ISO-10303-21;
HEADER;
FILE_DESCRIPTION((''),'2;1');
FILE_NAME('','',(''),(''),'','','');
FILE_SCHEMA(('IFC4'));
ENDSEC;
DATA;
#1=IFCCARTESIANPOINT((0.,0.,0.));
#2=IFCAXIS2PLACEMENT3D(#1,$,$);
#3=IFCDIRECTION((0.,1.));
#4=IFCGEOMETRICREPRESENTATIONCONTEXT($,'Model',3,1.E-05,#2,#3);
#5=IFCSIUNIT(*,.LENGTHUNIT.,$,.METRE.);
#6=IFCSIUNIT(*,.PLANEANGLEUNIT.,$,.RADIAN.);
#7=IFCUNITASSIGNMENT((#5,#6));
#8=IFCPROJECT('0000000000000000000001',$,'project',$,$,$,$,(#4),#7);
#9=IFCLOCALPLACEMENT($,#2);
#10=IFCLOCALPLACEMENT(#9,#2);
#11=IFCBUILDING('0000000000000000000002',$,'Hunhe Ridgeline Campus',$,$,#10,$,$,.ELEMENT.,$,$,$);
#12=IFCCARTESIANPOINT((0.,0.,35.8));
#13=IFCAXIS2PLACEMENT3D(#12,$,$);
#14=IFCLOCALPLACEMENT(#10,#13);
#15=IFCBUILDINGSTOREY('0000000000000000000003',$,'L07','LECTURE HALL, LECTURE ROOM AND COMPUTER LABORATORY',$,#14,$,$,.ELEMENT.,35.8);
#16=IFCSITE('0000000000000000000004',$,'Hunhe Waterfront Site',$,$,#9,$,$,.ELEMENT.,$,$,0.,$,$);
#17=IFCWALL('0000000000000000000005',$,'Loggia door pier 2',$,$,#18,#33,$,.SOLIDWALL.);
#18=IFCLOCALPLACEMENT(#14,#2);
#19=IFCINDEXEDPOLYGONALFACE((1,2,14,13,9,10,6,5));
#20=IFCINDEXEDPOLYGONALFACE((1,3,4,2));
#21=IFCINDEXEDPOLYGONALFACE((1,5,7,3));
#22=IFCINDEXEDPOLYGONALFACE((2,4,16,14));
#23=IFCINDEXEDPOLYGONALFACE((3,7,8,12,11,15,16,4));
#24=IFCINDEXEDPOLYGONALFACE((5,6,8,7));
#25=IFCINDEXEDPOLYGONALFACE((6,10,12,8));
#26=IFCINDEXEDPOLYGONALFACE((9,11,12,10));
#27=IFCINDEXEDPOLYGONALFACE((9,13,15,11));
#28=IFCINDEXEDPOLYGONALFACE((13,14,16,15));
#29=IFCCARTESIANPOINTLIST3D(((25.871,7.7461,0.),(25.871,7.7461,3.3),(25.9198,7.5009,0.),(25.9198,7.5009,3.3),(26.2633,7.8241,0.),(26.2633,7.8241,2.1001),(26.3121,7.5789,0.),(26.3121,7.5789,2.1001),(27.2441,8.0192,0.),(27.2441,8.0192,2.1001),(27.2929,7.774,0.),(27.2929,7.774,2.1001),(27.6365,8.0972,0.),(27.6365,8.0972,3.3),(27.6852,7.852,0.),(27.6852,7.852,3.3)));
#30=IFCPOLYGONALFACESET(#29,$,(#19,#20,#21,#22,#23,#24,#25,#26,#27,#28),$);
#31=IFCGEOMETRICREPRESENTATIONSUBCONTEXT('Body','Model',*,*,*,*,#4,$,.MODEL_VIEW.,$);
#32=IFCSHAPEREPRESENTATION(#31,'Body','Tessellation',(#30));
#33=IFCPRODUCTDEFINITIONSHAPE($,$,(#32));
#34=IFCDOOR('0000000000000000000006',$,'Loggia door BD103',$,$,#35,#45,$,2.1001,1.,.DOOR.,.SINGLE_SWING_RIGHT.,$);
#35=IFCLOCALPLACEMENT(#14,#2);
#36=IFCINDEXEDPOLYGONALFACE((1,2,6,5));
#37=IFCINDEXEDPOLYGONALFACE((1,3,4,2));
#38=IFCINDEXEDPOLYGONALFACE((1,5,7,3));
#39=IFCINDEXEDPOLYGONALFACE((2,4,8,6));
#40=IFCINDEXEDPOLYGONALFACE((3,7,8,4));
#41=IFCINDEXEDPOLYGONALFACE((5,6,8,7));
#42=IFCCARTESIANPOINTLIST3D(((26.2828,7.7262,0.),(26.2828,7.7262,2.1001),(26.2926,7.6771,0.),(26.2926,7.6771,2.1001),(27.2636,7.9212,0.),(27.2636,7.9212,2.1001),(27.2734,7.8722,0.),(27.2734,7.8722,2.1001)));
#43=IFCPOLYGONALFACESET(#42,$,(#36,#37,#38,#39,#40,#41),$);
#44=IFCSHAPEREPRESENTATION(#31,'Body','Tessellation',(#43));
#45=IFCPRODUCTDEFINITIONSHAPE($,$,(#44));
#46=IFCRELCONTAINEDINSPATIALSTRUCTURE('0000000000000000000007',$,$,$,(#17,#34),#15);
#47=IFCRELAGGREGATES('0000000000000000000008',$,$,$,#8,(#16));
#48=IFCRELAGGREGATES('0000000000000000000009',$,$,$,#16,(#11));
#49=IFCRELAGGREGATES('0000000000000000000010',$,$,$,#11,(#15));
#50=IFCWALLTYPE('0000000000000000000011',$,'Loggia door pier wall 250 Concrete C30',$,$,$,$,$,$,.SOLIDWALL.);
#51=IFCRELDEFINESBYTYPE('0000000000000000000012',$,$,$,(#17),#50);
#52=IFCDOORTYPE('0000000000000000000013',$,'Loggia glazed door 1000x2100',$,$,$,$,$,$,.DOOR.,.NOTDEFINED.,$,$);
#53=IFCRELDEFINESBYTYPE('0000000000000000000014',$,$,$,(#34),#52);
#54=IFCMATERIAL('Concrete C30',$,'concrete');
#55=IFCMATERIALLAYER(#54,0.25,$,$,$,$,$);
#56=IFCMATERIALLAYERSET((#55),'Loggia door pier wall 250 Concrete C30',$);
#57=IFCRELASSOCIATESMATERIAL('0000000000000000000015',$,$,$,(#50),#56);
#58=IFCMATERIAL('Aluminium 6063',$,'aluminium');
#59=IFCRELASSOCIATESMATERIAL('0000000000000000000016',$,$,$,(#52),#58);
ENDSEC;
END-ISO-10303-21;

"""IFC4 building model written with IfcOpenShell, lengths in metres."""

from ifc_helpers import new_model, si_unit, direction, frame, frame_2d, origin, place, context, subcontext, project, spatial, rectangle, extrude, material, layer, layer_set, type_object, element, fill, save


model = new_model("IFC4")

# Units and contexts
model_context = context("Model", 3, precision=1e-05, world=origin(), true_north=direction((0.0, 1.0)))
body_context = subcontext(model_context, "Body", "Model", "MODEL_VIEW")
ifc_project = project(units=[si_unit("LENGTHUNIT", "METRE"), si_unit("PLANEANGLEUNIT", "RADIAN")], contexts=[model_context])

# Site, building, storey
site_placement = place(None, origin())
site = spatial("IfcSite", under=ifc_project, at=site_placement, Name="Hunhe Waterfront Site", CompositionType="ELEMENT", RefElevation=0.0)
building_placement = place(site_placement, origin())
building = spatial("IfcBuilding", under=site, at=building_placement, Name="Hunhe Ridgeline Campus", CompositionType="ELEMENT")
storey_placement = place(building_placement, frame((0.0, 0.0, 35.8)))
storey = spatial("IfcBuildingStorey", under=building, at=storey_placement, Name="L07", Description="LECTURE HALL, LECTURE ROOM AND COMPUTER LABORATORY", CompositionType="ELEMENT", Elevation=35.8)

# Shared definitions
ifc_material_1 = material(Name="Aluminium 6063", Category="aluminium")

# Wall, opening, door
ifc_material_2 = material(Name="Concrete C30", Category="concrete")
ifc_layer_1 = layer(ifc_material_2, 0.25)
ifc_layer_set_1 = layer_set([ifc_layer_1], Name="Loggia door pier wall 250 Concrete C30")
wall_type_1 = type_object("IfcWallType", Name="Loggia door pier wall 250 Concrete C30", PredefinedType="SOLIDWALL", material=ifc_layer_set_1)
wall_1_placement = place(storey_placement, frame((25.8955, 7.6235, 0.0), z_axis=(0.0, 0.0, 1.0), x_axis=(0.980794, 0.195047, 0.0)))
wall_1 = element("IfcWall", 1, at=wall_1_placement, inside=storey, type_object=wall_type_1, Name="Loggia door pier 2", PredefinedType="SOLIDWALL", context=body_context, shape_type="SweptSolid", body=[
    extrude(rectangle(XDim=1.8, YDim=0.25, at=frame_2d((0.8999, 0.0))), origin(), (0.0, 0.0, 1.0), 3.3),
])
opening_1_placement = place(wall_1_placement, frame((0.3999, 0.0, 0.0)))
opening_1 = element("IfcOpeningElement", 2, at=opening_1_placement, cuts=wall_1, PredefinedType="OPENING", context=body_context, shape_type="SweptSolid", body=[
    extrude(rectangle(XDim=1.0, YDim=2.1001, at=frame_2d((0.5, 1.05))), frame((0.0, 0.125, 0.0), z_axis=(0.0, -1.0, 0.0), x_axis=(1.0, 0.0, 0.0)), (0.0, 0.0, 1.0), 0.25),
])
door_type_1 = type_object("IfcDoorType", Name="Loggia glazed door 1000x2100", OperationType="NOTDEFINED", PredefinedType="DOOR", material=ifc_material_1)
door_1_placement = place(opening_1_placement, frame((1.0, 0.0, 0.0), z_axis=(0.0, 0.0, 1.0), x_axis=(-1.0, 0.0, 0.0)))
door_1 = element("IfcDoor", 3, at=door_1_placement, inside=storey, type_object=door_type_1, Name="Loggia door BD103", OperationType="SINGLE_SWING_RIGHT", OverallHeight=2.1001, OverallWidth=1.0, PredefinedType="DOOR", context=body_context, shape_type="SweptSolid", body=[
    extrude(rectangle(XDim=1.0, YDim=2.1001, at=frame_2d((0.5, 1.05))), frame((0.0, 0.0249, 0.0), z_axis=(0.0, -1.0, 0.0), x_axis=(1.0, 0.0, 0.0)), (0.0, 0.0, 1.0), 0.05),
])
fill(opening_1, door_1)

save(model, "model.ifc")
